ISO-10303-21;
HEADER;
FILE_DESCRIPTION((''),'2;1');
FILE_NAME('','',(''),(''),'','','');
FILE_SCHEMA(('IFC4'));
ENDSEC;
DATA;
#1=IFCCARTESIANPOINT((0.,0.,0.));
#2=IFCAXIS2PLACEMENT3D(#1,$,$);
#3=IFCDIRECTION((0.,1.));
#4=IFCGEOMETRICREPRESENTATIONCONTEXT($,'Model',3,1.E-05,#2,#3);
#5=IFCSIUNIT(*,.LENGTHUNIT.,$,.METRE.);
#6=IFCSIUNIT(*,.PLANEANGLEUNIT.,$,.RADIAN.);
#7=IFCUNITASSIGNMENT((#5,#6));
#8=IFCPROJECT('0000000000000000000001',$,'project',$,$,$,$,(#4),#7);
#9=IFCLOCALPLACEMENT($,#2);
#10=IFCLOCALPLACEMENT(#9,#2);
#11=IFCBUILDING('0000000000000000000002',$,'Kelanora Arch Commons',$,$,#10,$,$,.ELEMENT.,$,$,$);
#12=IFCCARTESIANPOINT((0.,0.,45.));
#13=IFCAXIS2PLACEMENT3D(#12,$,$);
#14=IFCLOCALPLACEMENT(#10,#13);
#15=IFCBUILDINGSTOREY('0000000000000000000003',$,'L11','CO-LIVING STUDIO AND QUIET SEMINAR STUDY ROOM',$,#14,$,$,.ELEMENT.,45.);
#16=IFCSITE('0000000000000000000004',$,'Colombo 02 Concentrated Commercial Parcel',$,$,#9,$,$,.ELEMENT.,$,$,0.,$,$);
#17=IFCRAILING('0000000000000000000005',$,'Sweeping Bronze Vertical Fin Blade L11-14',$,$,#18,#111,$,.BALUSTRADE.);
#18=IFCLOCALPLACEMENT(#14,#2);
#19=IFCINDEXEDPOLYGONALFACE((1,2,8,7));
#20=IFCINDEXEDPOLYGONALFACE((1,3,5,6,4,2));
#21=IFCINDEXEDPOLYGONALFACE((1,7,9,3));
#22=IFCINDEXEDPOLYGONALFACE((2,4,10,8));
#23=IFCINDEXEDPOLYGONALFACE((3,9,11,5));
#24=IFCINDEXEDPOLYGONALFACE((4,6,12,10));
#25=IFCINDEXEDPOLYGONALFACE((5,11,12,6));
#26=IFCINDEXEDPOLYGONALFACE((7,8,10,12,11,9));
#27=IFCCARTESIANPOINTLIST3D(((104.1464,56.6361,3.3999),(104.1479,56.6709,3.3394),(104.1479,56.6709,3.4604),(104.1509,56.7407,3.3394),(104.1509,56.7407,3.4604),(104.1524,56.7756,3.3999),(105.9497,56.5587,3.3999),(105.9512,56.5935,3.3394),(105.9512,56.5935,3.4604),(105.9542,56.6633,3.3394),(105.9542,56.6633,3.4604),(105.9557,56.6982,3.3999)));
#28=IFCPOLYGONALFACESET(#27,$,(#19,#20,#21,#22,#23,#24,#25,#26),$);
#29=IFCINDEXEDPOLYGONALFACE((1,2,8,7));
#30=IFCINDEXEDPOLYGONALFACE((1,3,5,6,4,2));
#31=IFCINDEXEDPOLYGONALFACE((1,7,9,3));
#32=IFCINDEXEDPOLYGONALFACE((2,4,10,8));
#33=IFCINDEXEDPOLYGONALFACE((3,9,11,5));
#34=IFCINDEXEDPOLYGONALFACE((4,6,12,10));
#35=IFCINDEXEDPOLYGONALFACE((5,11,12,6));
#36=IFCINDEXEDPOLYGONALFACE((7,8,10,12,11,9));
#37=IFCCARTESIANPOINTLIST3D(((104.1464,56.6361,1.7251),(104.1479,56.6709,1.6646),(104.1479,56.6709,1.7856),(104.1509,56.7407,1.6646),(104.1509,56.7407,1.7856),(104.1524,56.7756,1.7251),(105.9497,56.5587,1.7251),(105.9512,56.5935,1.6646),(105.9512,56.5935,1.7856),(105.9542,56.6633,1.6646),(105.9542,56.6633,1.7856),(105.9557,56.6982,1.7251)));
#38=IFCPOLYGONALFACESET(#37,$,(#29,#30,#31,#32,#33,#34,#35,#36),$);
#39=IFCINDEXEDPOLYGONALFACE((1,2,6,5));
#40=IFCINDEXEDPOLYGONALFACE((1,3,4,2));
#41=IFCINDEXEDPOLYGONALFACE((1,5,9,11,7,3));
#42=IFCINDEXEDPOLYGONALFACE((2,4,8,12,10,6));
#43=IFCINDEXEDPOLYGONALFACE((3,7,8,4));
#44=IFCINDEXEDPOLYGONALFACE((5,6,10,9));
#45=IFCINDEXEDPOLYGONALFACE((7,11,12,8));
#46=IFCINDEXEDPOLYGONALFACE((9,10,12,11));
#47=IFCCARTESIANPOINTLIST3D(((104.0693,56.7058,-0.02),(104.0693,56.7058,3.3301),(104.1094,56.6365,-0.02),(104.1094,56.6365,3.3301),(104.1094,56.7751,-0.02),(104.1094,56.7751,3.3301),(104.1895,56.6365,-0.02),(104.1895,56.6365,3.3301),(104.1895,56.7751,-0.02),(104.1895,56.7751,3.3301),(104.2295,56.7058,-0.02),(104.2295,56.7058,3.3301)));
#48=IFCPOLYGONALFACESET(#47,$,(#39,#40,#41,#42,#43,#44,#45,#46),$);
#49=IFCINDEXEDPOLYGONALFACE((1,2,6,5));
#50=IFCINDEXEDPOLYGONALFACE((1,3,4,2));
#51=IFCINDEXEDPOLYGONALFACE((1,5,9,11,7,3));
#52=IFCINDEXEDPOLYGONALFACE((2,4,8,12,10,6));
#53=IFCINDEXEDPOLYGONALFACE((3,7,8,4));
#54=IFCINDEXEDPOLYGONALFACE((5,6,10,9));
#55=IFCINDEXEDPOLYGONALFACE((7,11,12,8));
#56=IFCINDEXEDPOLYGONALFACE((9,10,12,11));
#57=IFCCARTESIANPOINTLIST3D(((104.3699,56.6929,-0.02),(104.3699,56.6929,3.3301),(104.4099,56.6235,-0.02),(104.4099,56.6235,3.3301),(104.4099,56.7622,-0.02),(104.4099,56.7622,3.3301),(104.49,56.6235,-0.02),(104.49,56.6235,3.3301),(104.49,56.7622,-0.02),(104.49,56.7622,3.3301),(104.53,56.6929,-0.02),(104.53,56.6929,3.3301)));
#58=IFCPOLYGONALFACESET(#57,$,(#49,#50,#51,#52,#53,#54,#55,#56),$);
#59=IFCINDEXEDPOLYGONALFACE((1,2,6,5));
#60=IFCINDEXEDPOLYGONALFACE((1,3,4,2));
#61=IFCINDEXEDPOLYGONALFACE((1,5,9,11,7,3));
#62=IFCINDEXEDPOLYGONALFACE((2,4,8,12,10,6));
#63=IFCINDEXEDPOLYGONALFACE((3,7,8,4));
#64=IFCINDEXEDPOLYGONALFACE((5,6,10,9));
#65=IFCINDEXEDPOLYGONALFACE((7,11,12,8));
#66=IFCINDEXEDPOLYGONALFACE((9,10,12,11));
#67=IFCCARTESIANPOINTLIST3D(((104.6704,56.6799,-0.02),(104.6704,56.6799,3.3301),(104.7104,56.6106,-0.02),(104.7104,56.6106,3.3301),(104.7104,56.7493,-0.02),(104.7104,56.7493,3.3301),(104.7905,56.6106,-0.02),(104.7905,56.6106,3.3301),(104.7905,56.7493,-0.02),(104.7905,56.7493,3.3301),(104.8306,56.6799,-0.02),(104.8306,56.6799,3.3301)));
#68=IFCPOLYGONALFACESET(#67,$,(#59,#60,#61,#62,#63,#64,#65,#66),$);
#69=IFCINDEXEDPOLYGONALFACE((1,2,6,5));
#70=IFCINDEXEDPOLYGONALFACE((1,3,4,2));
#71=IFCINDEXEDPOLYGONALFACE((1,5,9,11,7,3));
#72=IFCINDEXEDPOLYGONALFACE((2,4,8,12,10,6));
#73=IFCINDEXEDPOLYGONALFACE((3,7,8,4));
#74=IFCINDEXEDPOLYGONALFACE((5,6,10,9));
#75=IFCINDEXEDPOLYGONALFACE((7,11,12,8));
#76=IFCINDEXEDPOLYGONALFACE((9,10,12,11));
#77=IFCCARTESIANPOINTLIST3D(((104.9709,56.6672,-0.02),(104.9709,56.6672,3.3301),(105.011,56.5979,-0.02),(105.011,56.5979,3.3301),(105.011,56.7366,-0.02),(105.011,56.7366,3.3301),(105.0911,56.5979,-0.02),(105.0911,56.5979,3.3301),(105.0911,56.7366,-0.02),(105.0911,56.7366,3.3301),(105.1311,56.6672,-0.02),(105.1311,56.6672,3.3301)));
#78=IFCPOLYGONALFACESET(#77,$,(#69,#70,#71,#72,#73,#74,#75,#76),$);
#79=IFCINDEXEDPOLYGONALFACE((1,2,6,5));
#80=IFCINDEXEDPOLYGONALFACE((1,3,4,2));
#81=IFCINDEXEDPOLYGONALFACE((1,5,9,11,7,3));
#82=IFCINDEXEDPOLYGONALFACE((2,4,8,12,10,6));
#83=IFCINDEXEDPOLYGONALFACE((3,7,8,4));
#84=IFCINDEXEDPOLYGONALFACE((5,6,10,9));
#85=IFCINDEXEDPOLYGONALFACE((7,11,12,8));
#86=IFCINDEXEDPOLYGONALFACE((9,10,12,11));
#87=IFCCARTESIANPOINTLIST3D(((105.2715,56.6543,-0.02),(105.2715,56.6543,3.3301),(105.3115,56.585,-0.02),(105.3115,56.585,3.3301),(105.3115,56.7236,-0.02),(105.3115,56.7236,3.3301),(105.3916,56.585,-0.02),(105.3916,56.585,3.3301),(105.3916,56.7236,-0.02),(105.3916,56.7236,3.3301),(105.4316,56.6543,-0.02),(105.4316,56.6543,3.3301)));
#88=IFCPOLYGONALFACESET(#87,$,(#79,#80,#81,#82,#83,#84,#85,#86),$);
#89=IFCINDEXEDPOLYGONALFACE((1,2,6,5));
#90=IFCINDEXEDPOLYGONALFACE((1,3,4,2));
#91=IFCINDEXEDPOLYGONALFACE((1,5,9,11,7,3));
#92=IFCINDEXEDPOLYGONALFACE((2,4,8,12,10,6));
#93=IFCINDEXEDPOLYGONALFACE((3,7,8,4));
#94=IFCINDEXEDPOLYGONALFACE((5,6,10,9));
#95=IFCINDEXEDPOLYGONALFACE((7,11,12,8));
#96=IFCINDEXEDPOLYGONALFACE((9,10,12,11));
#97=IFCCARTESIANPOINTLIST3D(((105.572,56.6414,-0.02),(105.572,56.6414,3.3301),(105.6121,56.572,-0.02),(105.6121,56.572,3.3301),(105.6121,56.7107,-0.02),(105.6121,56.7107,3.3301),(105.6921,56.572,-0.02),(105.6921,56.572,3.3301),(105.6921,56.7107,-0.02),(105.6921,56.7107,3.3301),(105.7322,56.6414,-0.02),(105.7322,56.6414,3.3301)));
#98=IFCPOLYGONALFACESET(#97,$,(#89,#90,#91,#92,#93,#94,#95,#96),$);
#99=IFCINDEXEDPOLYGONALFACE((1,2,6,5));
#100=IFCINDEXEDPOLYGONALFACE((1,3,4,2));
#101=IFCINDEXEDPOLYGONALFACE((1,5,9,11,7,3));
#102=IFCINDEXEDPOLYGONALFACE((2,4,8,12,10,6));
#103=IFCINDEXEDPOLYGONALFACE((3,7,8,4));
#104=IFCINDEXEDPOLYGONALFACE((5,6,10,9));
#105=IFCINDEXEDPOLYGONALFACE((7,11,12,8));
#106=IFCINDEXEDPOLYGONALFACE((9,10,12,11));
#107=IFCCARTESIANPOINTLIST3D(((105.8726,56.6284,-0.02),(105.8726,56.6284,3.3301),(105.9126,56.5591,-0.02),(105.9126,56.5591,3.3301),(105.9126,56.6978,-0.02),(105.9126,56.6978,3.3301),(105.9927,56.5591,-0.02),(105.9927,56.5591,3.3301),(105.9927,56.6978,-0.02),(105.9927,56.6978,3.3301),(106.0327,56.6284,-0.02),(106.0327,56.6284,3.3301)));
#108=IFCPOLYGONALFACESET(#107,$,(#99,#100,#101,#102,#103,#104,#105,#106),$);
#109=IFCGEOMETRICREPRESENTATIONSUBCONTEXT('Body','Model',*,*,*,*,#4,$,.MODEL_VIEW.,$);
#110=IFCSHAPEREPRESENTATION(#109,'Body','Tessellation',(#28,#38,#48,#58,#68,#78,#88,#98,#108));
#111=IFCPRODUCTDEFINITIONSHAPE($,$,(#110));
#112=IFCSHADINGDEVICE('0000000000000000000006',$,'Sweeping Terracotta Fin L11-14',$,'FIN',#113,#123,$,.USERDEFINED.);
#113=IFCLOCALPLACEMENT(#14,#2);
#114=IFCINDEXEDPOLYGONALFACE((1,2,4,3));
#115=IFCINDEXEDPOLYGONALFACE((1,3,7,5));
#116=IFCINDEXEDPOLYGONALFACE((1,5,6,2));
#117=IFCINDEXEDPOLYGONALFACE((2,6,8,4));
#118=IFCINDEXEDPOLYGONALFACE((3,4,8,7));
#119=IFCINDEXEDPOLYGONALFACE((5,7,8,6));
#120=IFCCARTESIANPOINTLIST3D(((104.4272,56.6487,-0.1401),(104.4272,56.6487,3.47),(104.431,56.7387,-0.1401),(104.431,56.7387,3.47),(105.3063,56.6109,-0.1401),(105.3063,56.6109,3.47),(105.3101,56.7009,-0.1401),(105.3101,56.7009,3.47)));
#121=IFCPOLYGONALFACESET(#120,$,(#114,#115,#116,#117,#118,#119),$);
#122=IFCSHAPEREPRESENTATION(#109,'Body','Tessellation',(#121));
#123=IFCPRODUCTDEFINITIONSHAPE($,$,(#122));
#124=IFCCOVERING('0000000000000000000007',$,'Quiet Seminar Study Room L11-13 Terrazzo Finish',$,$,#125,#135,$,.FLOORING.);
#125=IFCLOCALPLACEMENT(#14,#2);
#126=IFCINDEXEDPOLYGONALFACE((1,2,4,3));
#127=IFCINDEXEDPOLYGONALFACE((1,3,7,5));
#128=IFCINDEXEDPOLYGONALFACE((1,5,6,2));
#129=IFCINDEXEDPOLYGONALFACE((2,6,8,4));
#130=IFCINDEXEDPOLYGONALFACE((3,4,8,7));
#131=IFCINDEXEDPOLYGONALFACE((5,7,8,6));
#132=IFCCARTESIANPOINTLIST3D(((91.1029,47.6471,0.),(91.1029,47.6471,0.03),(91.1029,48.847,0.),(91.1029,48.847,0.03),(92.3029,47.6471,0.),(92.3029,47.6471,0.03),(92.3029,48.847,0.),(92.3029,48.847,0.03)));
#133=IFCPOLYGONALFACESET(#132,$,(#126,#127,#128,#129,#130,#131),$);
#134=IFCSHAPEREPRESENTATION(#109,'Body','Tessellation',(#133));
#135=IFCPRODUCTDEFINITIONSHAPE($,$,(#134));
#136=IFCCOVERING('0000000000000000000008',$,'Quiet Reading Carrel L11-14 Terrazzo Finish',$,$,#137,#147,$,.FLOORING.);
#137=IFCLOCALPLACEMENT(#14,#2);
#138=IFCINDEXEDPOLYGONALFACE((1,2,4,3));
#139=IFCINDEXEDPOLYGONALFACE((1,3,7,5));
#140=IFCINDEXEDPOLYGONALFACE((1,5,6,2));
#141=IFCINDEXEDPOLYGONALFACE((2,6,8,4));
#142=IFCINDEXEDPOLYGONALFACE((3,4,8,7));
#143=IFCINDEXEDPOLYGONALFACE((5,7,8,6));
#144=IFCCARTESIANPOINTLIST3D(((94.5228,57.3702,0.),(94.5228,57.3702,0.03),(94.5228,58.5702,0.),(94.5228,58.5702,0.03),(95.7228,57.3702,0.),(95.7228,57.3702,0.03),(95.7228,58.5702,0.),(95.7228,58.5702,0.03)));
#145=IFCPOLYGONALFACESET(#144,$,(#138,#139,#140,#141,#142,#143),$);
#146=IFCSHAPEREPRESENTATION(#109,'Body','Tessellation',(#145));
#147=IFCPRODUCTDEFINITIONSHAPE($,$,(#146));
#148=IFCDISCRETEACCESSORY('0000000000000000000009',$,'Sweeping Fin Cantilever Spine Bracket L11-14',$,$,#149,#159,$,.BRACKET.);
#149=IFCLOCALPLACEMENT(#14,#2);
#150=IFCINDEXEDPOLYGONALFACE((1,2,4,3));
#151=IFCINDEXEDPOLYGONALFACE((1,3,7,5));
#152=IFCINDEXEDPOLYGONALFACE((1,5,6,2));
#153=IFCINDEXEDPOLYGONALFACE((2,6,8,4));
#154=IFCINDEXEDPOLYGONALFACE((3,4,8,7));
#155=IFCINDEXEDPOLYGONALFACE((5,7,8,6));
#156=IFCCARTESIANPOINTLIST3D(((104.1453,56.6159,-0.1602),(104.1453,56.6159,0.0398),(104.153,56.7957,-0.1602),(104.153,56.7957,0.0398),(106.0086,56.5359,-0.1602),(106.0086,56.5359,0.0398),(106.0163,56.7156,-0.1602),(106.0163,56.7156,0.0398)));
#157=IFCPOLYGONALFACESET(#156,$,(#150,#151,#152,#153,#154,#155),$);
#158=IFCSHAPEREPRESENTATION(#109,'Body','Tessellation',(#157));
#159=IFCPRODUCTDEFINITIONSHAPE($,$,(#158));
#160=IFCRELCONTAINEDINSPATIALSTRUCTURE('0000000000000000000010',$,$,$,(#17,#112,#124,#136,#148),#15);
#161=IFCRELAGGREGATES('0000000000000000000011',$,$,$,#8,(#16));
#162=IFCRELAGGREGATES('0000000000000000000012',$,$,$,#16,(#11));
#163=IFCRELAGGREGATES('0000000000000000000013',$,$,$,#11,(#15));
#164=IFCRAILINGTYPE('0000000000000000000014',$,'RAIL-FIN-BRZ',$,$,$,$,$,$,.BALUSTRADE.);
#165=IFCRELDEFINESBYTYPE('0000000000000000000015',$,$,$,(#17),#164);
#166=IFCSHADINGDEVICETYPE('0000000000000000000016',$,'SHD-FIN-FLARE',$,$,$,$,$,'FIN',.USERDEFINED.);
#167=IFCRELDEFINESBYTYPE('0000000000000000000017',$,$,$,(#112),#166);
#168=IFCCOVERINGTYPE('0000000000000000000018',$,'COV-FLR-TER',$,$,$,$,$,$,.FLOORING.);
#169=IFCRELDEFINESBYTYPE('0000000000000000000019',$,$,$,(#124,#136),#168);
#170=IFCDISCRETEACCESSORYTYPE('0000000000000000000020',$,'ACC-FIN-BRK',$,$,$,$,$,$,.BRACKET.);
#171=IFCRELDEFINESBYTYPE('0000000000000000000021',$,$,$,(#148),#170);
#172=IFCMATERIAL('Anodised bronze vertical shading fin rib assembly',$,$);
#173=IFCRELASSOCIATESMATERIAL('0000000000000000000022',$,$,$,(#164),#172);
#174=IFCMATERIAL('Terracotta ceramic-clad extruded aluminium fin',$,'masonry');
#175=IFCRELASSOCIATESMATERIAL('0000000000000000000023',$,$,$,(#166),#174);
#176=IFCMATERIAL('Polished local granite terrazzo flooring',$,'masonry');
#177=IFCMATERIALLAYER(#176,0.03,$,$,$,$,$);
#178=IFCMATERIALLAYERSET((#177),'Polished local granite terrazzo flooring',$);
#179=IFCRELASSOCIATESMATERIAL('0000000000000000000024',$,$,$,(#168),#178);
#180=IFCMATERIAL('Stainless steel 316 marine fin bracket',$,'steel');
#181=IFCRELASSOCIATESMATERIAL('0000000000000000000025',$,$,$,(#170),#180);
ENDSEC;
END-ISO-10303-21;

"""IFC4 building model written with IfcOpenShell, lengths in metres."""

from ifc_helpers import new_model, si_unit, direction, frame, origin, origin_2d, place, context, subcontext, project, spatial, polyline, rectangle, outline, extrude, source, transform, mapped, material, layer, layer_set, type_object, element, save


model = new_model("IFC4")

# Units and contexts
model_context = context("Model", 3, precision=1e-05, world=origin(), true_north=direction((0.0, 1.0)))
body_context = subcontext(model_context, "Body", "Model", "MODEL_VIEW")
ifc_project = project(units=[si_unit("LENGTHUNIT", "METRE"), si_unit("PLANEANGLEUNIT", "RADIAN")], contexts=[model_context])

# Site, building, storey
site_placement = place(None, origin())
site = spatial("IfcSite", under=ifc_project, at=site_placement, Name="Colombo 02 Concentrated Commercial Parcel", CompositionType="ELEMENT", RefElevation=0.0)
building_placement = place(site_placement, origin())
building = spatial("IfcBuilding", under=site, at=building_placement, Name="Kelanora Arch Commons", CompositionType="ELEMENT")
storey_placement = place(building_placement, frame((0.0, 0.0, 45.0)))
storey = spatial("IfcBuildingStorey", under=building, at=storey_placement, Name="L11", Description="CO-LIVING STUDIO AND QUIET SEMINAR STUDY ROOM", CompositionType="ELEMENT", Elevation=45.0)

# Railing
ifc_material_1 = material(Name="Anodised bronze vertical shading fin rib assembly")
railing_type_1 = type_object("IfcRailingType", Name="RAIL-FIN-BRZ", PredefinedType="BALUSTRADE", material=ifc_material_1)
railing_1_placement = place(storey_placement, frame((104.1494, 56.7058, -0.02)))
element("IfcRailing", 1, at=railing_1_placement, inside=storey, type_object=railing_type_1, Name="Sweeping Bronze Vertical Fin Blade L11-14", PredefinedType="BALUSTRADE", context=body_context, shape_type="SweptSolid", body=[
    extrude(outline(polyline([(0.0698, 0.0), (0.0349, 0.0605), (-0.0349, 0.0605), (-0.0698, 0.0), (-0.0349, -0.0605), (0.0349, -0.0605), (0.0698, 0.0)])), frame((0.0, 0.0, 3.4199), z_axis=(0.99908, -0.04288, 0.0), x_axis=(0.04288, 0.99908, 0.0)), (0.0, 0.0, 1.0), 1.8049),
    extrude(outline(polyline([(0.0698, 0.0), (0.0349, 0.0605), (-0.0349, 0.0605), (-0.0698, 0.0), (-0.0349, -0.0605), (0.0349, -0.0605), (0.0698, 0.0)])), frame((0.0, 0.0, 1.7451), z_axis=(0.99908, -0.04288, 0.0), x_axis=(0.04288, 0.99908, 0.0)), (0.0, 0.0, 1.0), 1.8049),
    extrude(outline(polyline([(0.0801, 0.0), (0.04, 0.0693), (-0.04, 0.0693), (-0.0801, 0.0), (-0.04, -0.0693), (0.04, -0.0693), (0.0801, 0.0)])), origin(), (0.0, 0.0, 1.0), 3.3501),
    extrude(outline(polyline([(0.0801, 0.0), (0.04, 0.0693), (-0.04, 0.0693), (-0.0801, 0.0), (-0.04, -0.0693), (0.04, -0.0693), (0.0801, 0.0)])), frame((0.3005, -0.0129, 0.0)), (0.0, 0.0, 1.0), 3.3501),
    extrude(outline(polyline([(0.0801, 0.0), (0.04, 0.0693), (-0.04, 0.0693), (-0.0801, 0.0), (-0.04, -0.0693), (0.04, -0.0693), (0.0801, 0.0)])), frame((0.6011, -0.0259, 0.0)), (0.0, 0.0, 1.0), 3.3501),
    extrude(outline(polyline([(0.0801, 0.0), (0.04, 0.0693), (-0.04, 0.0693), (-0.0801, 0.0), (-0.04, -0.0693), (0.04, -0.0693), (0.0801, 0.0)])), frame((0.9016, -0.0386, 0.0)), (0.0, 0.0, 1.0), 3.3501),
    extrude(outline(polyline([(0.0801, 0.0), (0.04, 0.0693), (-0.04, 0.0693), (-0.0801, 0.0), (-0.04, -0.0693), (0.04, -0.0693), (0.0801, 0.0)])), frame((1.2021, -0.0515, 0.0)), (0.0, 0.0, 1.0), 3.3501),
    extrude(outline(polyline([(0.0801, 0.0), (0.04, 0.0693), (-0.04, 0.0693), (-0.0801, 0.0), (-0.04, -0.0693), (0.04, -0.0693), (0.0801, 0.0)])), frame((1.5027, -0.0645, 0.0)), (0.0, 0.0, 1.0), 3.3501),
    extrude(outline(polyline([(0.0801, 0.0), (0.04, 0.0693), (-0.04, 0.0693), (-0.0801, 0.0), (-0.04, -0.0693), (0.04, -0.0693), (0.0801, 0.0)])), frame((1.8032, -0.0774, 0.0)), (0.0, 0.0, 1.0), 3.3501),
])

# Shading device
ifc_material_2 = material(Name="Terracotta ceramic-clad extruded aluminium fin", Category="masonry")
shading_device_type = type_object("IfcShadingDeviceType", Name="SHD-FIN-FLARE", ElementType="FIN", PredefinedType="USERDEFINED", material=ifc_material_2)
shared_shape_1 = source(origin(), body_context, "Body", "SweptSolid", [
    extrude(rectangle(XDim=0.8799, YDim=0.0901, at=origin_2d()), origin(), (0.0, 0.0, 1.0), 3.6101),
])
shading_device_placement = place(storey_placement, frame((104.8687, 56.6748, -0.1401), z_axis=(0.0, 0.0, 1.0), x_axis=(0.999078, -0.042922, 0.0)))
element("IfcShadingDevice", 2, at=shading_device_placement, inside=storey, type_object=shading_device_type, Name="Sweeping Terracotta Fin L11-14", ObjectType="FIN", PredefinedType="USERDEFINED", context=body_context, shape_type="MappedRepresentation", body=[
    mapped(shared_shape_1, transform((0.0, 0.0, 0.0), scale=1.0)),
])

# Coverings
ifc_material_3 = material(Name="Polished local granite terrazzo flooring", Category="masonry")
ifc_layer_1 = layer(ifc_material_3, 0.03)
ifc_layer_set_1 = layer_set([ifc_layer_1], Name="Polished local granite terrazzo flooring")
covering_type = type_object("IfcCoveringType", Name="COV-FLR-TER", PredefinedType="FLOORING", material=ifc_layer_set_1)
shared_shape_2 = source(origin(), body_context, "Body", "SweptSolid", [
    extrude(rectangle(XDim=1.2, YDim=1.2, at=origin_2d()), origin(), (0.0, 0.0, 1.0), 0.03),
])
for number, where, z_axis, x_axis, name in (
    (3, (91.7029, 48.2471, 0.0), (0.0, 0.0, 1.0), (1.0, 0.0, 0.0), "Quiet Seminar Study Room L11-13 Terrazzo Finish"),
    (4, (95.1228, 57.9702, 0.0), (0.0, 0.0, 1.0), (1.0, 0.0, 0.0), "Quiet Reading Carrel L11-14 Terrazzo Finish"),
):
    element("IfcCovering", number, at=place(storey_placement, frame(where, z_axis=z_axis, x_axis=x_axis)), inside=storey, type_object=covering_type, Name=name, PredefinedType="FLOORING", context=body_context, shape_type="MappedRepresentation", body=[
        mapped(shared_shape_2, transform((0.0, 0.0, 0.0), scale=1.0)),
    ])

# Discrete accessory
ifc_material_4 = material(Name="Stainless steel 316 marine fin bracket", Category="steel")
discrete_accessory_type = type_object("IfcDiscreteAccessoryType", Name="ACC-FIN-BRK", PredefinedType="BRACKET", material=ifc_material_4)
shared_shape_3 = source(origin(), body_context, "Body", "SweptSolid", [
    extrude(rectangle(XDim=1.865, YDim=0.1799, at=origin_2d()), origin(), (0.0, 0.0, 1.0), 0.2),
])
discrete_accessory_placement = place(storey_placement, frame((105.0808, 56.6658, -0.1602), z_axis=(0.0, 0.0, 1.0), x_axis=(0.999078, -0.042922, 0.0)))
element("IfcDiscreteAccessory", 5, at=discrete_accessory_placement, inside=storey, type_object=discrete_accessory_type, Name="Sweeping Fin Cantilever Spine Bracket L11-14", PredefinedType="BRACKET", context=body_context, shape_type="MappedRepresentation", body=[
    mapped(shared_shape_3, transform((0.0, 0.0, 0.0), scale=1.0)),
])

save(model, "model.ifc")
